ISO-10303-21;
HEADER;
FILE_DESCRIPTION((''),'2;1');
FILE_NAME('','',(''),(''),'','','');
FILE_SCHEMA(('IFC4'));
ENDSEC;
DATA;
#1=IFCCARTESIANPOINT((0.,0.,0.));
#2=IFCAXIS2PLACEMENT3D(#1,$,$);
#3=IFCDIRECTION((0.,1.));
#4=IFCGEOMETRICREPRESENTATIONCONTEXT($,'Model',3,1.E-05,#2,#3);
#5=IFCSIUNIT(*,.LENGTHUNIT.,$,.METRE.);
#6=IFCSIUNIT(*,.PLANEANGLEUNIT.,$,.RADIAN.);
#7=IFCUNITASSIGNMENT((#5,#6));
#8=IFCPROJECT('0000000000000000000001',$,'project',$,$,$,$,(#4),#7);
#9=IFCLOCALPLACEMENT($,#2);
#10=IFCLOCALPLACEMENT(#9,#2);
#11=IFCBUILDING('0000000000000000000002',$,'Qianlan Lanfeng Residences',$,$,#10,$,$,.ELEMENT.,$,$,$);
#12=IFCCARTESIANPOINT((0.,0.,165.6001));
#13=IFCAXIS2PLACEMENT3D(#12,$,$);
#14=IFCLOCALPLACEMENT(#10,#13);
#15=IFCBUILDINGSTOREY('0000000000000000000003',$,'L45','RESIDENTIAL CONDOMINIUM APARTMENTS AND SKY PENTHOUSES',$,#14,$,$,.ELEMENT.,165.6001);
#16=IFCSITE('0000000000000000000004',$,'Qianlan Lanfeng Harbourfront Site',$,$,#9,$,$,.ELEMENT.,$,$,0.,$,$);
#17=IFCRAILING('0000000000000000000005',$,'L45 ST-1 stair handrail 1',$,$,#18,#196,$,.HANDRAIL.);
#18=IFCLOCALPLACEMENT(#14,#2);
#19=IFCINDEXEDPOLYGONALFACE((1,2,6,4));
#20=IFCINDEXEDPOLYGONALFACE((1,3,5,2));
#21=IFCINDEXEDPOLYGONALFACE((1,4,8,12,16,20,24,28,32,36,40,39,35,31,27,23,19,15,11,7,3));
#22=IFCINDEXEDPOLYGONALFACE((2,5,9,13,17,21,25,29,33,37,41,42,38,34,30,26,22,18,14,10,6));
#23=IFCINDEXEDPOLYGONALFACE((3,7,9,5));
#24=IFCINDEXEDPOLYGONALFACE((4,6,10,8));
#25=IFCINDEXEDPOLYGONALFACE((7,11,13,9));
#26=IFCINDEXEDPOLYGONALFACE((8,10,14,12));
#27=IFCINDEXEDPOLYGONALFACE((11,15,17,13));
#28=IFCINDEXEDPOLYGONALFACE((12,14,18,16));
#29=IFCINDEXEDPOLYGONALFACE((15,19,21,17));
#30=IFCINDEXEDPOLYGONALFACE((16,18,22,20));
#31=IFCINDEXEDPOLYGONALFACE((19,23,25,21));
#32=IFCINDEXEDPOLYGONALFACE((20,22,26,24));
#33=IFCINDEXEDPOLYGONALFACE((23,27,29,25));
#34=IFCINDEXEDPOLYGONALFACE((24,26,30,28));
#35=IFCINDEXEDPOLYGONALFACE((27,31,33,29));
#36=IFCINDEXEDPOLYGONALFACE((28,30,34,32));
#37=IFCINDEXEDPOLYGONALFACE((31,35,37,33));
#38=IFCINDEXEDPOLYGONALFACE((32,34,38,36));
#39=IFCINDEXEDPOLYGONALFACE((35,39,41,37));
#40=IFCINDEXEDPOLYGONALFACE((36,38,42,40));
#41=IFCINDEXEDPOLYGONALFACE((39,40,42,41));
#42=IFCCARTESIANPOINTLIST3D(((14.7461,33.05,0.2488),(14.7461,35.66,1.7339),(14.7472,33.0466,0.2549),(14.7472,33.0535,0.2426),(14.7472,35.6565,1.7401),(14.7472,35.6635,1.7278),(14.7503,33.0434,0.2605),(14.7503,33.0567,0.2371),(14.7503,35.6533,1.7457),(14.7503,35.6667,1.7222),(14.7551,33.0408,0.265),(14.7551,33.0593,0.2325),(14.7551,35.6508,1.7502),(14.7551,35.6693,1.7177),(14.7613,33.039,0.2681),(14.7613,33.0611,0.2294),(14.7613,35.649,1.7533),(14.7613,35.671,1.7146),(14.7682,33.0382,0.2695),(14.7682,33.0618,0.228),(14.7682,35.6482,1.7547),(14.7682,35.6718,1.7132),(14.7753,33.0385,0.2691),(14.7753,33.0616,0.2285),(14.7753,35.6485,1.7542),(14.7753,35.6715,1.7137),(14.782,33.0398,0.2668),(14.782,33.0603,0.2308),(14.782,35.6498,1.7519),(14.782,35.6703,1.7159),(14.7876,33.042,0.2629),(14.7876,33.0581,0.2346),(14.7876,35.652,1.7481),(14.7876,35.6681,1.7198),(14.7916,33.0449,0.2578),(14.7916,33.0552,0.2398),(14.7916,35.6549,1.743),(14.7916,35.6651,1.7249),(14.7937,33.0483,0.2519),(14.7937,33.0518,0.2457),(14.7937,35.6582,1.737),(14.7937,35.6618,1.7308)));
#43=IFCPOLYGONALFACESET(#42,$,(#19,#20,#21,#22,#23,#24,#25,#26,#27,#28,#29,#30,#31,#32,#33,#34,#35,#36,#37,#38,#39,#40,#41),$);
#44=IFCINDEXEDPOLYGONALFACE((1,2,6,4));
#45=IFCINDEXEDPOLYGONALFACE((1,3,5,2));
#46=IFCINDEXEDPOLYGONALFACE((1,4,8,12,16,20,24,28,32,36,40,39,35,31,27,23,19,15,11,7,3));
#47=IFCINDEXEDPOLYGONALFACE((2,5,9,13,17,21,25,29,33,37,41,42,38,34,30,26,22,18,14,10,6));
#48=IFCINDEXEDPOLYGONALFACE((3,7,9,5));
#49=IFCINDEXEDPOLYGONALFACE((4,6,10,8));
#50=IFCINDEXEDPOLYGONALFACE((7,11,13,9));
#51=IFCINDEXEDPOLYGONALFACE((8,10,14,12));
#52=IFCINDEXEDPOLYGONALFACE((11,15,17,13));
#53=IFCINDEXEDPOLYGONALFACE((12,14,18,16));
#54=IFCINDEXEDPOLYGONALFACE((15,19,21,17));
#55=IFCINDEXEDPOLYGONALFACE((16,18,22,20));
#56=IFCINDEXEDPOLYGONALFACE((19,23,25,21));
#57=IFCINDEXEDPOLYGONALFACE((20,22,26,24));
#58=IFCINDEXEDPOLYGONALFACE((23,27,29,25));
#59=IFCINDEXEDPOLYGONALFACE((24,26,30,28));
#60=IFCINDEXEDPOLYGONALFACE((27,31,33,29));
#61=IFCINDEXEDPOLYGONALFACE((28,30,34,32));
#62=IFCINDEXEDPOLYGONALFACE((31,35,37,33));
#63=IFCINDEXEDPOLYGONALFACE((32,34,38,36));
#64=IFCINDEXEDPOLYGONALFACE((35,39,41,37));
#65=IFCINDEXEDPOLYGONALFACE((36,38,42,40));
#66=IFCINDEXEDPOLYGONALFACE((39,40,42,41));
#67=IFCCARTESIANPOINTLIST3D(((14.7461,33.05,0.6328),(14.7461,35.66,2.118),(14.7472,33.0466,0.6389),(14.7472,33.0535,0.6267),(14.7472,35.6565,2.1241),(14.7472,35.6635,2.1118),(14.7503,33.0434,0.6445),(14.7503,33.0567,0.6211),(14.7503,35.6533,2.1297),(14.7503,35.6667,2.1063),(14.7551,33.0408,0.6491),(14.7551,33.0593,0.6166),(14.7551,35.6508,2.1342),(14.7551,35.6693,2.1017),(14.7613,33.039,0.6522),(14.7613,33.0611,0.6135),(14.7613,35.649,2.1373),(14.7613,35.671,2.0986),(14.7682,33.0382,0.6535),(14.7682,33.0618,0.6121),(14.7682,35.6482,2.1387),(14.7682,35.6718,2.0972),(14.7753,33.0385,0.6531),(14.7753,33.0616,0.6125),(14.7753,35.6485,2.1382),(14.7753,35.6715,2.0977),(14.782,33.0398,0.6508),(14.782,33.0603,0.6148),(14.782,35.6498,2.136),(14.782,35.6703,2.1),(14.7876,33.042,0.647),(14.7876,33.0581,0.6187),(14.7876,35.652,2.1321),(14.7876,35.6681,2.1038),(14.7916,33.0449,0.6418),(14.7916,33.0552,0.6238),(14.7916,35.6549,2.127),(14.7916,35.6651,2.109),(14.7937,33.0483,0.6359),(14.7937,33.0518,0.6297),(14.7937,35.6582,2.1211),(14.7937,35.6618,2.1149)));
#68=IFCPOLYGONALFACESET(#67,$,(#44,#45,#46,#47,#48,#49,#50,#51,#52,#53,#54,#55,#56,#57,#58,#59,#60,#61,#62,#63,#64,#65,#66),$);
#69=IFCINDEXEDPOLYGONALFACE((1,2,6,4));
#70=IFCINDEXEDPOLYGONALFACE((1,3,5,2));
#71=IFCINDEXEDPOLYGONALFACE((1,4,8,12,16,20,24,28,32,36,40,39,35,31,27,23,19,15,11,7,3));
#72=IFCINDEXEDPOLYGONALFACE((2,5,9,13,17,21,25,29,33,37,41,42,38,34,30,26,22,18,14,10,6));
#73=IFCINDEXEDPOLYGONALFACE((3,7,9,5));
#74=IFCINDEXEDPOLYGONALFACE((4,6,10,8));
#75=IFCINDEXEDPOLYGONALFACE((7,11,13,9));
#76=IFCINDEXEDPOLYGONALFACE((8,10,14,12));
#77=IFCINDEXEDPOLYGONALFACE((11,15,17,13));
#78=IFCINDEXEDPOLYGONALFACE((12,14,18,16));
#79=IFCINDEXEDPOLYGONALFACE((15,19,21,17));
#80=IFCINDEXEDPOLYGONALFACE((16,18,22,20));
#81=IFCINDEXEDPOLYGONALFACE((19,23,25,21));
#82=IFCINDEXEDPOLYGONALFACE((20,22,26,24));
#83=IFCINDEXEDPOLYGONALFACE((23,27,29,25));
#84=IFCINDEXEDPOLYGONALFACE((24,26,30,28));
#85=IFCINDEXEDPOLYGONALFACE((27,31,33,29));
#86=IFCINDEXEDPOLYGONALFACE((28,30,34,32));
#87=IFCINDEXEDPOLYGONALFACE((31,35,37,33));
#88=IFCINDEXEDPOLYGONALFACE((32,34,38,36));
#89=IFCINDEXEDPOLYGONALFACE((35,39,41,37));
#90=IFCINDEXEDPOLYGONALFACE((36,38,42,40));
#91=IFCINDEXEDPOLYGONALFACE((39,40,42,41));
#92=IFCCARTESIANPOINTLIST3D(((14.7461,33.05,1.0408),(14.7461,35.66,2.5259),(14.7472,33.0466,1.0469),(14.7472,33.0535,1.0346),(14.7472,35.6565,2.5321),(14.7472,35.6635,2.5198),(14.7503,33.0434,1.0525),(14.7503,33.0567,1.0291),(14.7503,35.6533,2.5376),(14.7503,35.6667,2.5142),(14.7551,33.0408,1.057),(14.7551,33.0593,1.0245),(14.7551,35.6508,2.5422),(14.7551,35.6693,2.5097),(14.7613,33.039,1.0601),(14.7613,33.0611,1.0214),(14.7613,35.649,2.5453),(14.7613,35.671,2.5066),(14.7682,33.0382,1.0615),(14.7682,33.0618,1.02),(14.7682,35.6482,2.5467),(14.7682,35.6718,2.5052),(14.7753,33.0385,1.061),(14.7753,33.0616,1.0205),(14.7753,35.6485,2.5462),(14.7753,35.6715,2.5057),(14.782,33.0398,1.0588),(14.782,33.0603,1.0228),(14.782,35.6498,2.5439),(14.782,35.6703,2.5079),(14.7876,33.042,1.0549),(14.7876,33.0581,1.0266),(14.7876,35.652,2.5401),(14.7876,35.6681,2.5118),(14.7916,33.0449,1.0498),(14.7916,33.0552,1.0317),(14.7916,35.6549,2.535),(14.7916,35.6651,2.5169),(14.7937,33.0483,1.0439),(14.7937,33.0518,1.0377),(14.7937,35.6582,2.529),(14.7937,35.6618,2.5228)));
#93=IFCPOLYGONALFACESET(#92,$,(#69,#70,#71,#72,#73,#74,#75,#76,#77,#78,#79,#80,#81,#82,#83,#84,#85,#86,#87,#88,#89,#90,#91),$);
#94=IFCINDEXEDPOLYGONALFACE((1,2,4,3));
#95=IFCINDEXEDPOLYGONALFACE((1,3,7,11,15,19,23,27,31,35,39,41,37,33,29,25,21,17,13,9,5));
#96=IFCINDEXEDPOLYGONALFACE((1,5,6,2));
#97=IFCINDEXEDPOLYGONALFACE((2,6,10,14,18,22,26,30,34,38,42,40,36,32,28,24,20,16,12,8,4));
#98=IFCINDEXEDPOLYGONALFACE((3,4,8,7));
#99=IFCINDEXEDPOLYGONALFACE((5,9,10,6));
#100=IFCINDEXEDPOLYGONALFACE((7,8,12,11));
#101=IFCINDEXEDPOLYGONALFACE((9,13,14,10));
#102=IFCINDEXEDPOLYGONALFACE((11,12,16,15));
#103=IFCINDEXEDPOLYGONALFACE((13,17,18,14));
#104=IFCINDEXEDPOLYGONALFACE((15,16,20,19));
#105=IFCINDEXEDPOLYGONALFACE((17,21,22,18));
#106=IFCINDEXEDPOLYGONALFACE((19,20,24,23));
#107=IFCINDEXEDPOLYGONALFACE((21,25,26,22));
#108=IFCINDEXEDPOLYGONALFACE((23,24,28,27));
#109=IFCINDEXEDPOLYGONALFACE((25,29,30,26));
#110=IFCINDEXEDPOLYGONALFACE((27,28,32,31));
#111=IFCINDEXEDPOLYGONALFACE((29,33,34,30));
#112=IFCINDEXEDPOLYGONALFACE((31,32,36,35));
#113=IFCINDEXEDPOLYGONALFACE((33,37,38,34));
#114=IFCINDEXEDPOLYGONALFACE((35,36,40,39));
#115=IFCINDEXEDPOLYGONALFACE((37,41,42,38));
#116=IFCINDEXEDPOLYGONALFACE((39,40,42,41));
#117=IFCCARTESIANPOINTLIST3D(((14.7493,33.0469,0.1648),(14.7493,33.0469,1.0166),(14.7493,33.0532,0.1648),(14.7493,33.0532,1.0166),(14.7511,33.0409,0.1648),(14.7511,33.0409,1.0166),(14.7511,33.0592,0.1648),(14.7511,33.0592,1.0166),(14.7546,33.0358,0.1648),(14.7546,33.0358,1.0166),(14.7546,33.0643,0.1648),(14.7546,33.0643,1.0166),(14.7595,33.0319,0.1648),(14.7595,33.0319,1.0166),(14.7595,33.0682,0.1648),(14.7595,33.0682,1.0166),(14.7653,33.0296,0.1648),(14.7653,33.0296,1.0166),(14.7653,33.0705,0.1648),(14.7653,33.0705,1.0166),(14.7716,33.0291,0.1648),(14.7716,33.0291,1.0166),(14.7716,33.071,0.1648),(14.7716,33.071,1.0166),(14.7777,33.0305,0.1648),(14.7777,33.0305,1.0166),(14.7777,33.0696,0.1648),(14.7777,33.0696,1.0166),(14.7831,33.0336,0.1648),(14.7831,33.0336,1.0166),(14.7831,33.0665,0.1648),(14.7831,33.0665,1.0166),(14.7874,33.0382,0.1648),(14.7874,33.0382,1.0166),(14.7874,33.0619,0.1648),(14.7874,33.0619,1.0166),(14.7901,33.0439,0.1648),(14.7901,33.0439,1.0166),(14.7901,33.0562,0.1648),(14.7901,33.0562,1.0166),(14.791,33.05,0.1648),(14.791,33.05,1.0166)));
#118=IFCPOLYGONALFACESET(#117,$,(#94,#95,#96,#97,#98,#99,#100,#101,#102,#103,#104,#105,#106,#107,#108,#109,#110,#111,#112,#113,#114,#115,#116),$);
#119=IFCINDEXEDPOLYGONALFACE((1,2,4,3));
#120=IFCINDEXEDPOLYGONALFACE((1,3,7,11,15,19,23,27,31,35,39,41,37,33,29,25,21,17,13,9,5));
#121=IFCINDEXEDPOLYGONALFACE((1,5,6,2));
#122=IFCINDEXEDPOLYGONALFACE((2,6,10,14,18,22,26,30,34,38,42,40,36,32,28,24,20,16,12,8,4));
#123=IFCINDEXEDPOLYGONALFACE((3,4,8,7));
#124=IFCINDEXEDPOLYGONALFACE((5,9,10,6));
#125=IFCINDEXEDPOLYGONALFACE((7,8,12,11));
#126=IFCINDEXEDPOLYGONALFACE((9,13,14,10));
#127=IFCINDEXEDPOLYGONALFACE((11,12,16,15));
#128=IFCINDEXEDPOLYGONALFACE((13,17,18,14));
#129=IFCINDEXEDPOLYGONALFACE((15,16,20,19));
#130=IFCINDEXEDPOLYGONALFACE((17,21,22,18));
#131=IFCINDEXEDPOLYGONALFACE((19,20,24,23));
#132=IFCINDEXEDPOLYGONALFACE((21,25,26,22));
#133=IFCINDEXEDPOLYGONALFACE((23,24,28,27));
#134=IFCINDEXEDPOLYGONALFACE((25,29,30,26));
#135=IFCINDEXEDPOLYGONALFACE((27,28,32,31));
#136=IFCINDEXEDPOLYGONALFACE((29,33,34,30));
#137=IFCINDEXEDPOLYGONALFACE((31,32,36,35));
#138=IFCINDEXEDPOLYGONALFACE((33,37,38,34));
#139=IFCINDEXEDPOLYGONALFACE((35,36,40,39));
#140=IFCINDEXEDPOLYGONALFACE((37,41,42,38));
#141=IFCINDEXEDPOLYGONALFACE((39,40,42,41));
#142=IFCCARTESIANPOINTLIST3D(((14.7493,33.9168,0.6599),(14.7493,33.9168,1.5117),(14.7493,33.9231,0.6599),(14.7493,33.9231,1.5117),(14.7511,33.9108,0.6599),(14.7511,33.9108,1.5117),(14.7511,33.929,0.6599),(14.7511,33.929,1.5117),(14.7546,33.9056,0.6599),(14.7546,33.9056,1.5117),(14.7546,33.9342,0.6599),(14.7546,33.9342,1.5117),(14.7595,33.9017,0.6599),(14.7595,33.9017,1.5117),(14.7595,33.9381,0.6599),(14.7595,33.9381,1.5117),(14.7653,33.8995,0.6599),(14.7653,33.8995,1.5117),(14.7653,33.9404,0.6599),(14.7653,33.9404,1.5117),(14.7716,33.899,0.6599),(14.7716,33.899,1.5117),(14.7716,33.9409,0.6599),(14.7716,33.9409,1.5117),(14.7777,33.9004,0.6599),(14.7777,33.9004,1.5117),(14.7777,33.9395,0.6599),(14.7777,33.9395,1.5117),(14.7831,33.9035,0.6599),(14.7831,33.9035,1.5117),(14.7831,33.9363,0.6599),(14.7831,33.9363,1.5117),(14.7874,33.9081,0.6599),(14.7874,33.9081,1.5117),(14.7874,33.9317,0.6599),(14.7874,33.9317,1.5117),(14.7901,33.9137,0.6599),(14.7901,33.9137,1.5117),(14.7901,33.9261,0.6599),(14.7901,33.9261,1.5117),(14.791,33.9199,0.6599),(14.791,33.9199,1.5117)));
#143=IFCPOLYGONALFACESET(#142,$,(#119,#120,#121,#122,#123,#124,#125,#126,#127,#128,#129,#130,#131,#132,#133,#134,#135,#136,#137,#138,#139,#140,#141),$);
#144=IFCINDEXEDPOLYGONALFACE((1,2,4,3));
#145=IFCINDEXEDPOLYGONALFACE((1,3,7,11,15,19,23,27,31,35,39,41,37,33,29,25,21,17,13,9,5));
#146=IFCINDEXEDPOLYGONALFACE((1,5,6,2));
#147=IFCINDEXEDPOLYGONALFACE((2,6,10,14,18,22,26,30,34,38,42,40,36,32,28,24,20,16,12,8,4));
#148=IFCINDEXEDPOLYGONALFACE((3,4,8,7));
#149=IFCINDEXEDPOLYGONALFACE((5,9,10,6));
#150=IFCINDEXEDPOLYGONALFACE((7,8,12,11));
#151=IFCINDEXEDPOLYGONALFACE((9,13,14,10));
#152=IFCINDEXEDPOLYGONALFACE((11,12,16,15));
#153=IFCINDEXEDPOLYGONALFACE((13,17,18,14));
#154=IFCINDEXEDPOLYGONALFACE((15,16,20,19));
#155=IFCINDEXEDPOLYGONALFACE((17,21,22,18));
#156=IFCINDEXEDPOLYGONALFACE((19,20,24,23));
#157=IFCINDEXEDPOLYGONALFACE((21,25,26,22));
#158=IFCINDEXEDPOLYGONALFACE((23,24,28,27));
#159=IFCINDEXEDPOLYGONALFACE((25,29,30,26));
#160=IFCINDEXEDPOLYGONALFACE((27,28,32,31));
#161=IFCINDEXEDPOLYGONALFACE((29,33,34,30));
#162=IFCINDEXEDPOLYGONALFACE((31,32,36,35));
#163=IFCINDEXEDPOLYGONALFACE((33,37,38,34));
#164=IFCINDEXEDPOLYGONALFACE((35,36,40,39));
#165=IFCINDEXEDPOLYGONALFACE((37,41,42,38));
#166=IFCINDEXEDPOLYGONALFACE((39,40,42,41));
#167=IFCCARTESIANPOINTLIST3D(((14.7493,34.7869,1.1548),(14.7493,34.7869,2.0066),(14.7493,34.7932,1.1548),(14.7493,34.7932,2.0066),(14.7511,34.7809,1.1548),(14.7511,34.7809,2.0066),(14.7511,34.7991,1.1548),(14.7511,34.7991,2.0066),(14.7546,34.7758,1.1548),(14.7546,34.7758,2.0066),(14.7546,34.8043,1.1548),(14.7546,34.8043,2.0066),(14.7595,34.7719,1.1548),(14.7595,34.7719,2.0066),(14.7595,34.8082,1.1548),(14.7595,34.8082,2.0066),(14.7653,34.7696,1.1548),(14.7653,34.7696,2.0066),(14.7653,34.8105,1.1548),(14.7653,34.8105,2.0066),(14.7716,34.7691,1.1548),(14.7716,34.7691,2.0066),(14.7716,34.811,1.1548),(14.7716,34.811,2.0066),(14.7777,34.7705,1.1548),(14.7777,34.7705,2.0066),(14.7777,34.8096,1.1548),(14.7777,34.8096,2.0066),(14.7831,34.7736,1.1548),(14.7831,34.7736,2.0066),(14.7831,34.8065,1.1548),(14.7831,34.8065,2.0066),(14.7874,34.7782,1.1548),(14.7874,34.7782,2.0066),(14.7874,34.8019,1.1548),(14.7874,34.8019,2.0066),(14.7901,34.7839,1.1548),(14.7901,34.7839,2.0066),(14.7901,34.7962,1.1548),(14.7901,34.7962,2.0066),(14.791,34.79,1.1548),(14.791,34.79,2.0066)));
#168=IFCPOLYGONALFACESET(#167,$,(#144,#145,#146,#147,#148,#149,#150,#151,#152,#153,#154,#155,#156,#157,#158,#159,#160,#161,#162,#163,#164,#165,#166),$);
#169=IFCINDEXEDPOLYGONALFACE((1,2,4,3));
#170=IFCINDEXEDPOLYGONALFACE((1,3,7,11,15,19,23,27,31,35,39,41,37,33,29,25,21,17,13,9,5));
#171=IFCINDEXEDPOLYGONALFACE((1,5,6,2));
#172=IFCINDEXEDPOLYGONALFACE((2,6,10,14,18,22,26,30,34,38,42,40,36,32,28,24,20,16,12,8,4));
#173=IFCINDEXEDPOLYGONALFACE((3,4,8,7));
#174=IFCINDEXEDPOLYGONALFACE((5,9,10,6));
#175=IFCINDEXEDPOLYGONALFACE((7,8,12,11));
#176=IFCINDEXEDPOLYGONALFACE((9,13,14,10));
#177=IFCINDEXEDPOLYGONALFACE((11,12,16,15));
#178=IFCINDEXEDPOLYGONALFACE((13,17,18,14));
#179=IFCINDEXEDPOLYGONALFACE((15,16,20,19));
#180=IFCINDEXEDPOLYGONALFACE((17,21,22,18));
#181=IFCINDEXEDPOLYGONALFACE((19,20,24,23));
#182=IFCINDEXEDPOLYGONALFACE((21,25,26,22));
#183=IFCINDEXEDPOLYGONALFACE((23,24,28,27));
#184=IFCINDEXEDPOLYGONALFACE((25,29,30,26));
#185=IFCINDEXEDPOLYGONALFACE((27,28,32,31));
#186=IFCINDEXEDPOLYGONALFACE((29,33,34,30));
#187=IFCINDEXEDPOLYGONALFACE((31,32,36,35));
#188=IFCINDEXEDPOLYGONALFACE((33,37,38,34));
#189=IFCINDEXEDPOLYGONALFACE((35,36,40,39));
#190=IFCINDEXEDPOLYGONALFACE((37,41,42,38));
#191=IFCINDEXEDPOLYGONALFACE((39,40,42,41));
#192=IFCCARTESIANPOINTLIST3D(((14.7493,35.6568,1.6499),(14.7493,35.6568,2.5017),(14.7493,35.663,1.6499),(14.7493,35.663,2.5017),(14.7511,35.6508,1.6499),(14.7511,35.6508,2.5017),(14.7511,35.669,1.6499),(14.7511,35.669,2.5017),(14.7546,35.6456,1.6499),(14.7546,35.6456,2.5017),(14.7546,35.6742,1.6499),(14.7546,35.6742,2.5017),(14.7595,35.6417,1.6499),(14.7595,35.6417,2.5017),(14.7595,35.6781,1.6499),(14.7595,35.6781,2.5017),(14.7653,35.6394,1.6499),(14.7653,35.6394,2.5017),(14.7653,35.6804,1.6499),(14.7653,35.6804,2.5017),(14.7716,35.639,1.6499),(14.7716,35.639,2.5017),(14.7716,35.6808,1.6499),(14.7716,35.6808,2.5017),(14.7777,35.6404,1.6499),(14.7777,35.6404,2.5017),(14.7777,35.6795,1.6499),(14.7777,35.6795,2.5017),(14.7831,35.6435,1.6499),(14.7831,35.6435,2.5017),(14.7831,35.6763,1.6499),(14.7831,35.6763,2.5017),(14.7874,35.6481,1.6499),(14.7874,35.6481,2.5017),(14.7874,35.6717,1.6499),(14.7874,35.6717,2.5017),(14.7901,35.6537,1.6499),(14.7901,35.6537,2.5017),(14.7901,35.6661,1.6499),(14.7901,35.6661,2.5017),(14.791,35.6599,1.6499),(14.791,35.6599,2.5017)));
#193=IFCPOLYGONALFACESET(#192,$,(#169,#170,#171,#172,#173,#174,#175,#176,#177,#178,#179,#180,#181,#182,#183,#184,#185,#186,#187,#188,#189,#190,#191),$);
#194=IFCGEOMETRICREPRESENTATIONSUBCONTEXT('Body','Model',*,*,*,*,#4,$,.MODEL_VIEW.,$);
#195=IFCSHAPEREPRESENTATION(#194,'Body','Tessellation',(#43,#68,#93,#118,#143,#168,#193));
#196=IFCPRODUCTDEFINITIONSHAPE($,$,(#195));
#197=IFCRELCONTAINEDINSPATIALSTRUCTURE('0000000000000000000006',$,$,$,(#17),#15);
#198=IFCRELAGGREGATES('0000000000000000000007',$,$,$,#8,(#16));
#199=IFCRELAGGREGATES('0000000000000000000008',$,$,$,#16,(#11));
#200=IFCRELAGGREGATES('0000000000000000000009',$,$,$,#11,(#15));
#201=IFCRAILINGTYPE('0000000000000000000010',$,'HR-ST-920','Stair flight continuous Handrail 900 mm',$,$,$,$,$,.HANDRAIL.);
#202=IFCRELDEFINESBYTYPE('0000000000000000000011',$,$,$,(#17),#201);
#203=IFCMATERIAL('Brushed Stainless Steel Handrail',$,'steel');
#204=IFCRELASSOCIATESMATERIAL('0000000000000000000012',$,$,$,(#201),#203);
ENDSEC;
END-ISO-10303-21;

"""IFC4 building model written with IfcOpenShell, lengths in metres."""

from ifc_helpers import new_model, si_unit, direction, frame, origin, origin_2d, place, context, subcontext, project, spatial, circle, extrude, material, type_object, element, save


model = new_model("IFC4")

# Units and contexts
model_context = context("Model", 3, precision=1e-05, world=origin(), true_north=direction((0.0, 1.0)))
body_context = subcontext(model_context, "Body", "Model", "MODEL_VIEW")
ifc_project = project(units=[si_unit("LENGTHUNIT", "METRE"), si_unit("PLANEANGLEUNIT", "RADIAN")], contexts=[model_context])

# Site, building, storey
site_placement = place(None, origin())
site = spatial("IfcSite", under=ifc_project, at=site_placement, Name="Qianlan Lanfeng Harbourfront Site", CompositionType="ELEMENT", RefElevation=0.0)
building_placement = place(site_placement, origin())
building = spatial("IfcBuilding", under=site, at=building_placement, Name="Qianlan Lanfeng Residences", CompositionType="ELEMENT")
storey_placement = place(building_placement, frame((0.0, 0.0, 165.6001)))
storey = spatial("IfcBuildingStorey", under=building, at=storey_placement, Name="L45", Description="RESIDENTIAL CONDOMINIUM APARTMENTS AND SKY PENTHOUSES", CompositionType="ELEMENT", Elevation=165.6001)

# Railing
ifc_material_1 = material(Name="Brushed Stainless Steel Handrail", Category="steel")
railing_type_1 = type_object("IfcRailingType", Name="HR-ST-920", Description="Stair flight continuous Handrail 900 mm", PredefinedType="HANDRAIL", material=ifc_material_1)
railing_1_placement = place(storey_placement, frame((14.77, 33.05, 0.1648)))
element("IfcRailing", 1, at=railing_1_placement, inside=storey, type_object=railing_type_1, Name="L45 ST-1 stair handrail 1", PredefinedType="HANDRAIL", context=body_context, shape_type="SweptSolid", body=[
    extrude(circle(Radius=0.0239, at=origin_2d()), frame((0.0, 0.0, 0.084), z_axis=(0.0, 0.869137, 0.494571), x_axis=(-1.0, 0.0, 0.0)), (0.0, 0.0, 1.0), 3.0029),
    extrude(circle(Radius=0.0239, at=origin_2d()), frame((0.0, 0.0, 0.468), z_axis=(0.0, 0.869137, 0.494571), x_axis=(-1.0, 0.0, 0.0)), (0.0, 0.0, 1.0), 3.0029),
    extrude(circle(Radius=0.0239, at=origin_2d()), frame((0.0, 0.0, 0.876), z_axis=(0.0, 0.869137, 0.494571), x_axis=(-1.0, 0.0, 0.0)), (0.0, 0.0, 1.0), 3.0029),
    extrude(circle(Radius=0.021, at=origin_2d()), origin(), (0.0, 0.0, 1.0), 0.8518),
    extrude(circle(Radius=0.021, at=origin_2d()), frame((0.0, 0.8699, 0.4951)), (0.0, 0.0, 1.0), 0.8518),
    extrude(circle(Radius=0.021, at=origin_2d()), frame((0.0, 1.74, 0.99)), (0.0, 0.0, 1.0), 0.8518),
    extrude(circle(Radius=0.021, at=origin_2d()), frame((0.0, 2.6099, 1.4851)), (0.0, 0.0, 1.0), 0.8518),
])

save(model, "model.ifc")
